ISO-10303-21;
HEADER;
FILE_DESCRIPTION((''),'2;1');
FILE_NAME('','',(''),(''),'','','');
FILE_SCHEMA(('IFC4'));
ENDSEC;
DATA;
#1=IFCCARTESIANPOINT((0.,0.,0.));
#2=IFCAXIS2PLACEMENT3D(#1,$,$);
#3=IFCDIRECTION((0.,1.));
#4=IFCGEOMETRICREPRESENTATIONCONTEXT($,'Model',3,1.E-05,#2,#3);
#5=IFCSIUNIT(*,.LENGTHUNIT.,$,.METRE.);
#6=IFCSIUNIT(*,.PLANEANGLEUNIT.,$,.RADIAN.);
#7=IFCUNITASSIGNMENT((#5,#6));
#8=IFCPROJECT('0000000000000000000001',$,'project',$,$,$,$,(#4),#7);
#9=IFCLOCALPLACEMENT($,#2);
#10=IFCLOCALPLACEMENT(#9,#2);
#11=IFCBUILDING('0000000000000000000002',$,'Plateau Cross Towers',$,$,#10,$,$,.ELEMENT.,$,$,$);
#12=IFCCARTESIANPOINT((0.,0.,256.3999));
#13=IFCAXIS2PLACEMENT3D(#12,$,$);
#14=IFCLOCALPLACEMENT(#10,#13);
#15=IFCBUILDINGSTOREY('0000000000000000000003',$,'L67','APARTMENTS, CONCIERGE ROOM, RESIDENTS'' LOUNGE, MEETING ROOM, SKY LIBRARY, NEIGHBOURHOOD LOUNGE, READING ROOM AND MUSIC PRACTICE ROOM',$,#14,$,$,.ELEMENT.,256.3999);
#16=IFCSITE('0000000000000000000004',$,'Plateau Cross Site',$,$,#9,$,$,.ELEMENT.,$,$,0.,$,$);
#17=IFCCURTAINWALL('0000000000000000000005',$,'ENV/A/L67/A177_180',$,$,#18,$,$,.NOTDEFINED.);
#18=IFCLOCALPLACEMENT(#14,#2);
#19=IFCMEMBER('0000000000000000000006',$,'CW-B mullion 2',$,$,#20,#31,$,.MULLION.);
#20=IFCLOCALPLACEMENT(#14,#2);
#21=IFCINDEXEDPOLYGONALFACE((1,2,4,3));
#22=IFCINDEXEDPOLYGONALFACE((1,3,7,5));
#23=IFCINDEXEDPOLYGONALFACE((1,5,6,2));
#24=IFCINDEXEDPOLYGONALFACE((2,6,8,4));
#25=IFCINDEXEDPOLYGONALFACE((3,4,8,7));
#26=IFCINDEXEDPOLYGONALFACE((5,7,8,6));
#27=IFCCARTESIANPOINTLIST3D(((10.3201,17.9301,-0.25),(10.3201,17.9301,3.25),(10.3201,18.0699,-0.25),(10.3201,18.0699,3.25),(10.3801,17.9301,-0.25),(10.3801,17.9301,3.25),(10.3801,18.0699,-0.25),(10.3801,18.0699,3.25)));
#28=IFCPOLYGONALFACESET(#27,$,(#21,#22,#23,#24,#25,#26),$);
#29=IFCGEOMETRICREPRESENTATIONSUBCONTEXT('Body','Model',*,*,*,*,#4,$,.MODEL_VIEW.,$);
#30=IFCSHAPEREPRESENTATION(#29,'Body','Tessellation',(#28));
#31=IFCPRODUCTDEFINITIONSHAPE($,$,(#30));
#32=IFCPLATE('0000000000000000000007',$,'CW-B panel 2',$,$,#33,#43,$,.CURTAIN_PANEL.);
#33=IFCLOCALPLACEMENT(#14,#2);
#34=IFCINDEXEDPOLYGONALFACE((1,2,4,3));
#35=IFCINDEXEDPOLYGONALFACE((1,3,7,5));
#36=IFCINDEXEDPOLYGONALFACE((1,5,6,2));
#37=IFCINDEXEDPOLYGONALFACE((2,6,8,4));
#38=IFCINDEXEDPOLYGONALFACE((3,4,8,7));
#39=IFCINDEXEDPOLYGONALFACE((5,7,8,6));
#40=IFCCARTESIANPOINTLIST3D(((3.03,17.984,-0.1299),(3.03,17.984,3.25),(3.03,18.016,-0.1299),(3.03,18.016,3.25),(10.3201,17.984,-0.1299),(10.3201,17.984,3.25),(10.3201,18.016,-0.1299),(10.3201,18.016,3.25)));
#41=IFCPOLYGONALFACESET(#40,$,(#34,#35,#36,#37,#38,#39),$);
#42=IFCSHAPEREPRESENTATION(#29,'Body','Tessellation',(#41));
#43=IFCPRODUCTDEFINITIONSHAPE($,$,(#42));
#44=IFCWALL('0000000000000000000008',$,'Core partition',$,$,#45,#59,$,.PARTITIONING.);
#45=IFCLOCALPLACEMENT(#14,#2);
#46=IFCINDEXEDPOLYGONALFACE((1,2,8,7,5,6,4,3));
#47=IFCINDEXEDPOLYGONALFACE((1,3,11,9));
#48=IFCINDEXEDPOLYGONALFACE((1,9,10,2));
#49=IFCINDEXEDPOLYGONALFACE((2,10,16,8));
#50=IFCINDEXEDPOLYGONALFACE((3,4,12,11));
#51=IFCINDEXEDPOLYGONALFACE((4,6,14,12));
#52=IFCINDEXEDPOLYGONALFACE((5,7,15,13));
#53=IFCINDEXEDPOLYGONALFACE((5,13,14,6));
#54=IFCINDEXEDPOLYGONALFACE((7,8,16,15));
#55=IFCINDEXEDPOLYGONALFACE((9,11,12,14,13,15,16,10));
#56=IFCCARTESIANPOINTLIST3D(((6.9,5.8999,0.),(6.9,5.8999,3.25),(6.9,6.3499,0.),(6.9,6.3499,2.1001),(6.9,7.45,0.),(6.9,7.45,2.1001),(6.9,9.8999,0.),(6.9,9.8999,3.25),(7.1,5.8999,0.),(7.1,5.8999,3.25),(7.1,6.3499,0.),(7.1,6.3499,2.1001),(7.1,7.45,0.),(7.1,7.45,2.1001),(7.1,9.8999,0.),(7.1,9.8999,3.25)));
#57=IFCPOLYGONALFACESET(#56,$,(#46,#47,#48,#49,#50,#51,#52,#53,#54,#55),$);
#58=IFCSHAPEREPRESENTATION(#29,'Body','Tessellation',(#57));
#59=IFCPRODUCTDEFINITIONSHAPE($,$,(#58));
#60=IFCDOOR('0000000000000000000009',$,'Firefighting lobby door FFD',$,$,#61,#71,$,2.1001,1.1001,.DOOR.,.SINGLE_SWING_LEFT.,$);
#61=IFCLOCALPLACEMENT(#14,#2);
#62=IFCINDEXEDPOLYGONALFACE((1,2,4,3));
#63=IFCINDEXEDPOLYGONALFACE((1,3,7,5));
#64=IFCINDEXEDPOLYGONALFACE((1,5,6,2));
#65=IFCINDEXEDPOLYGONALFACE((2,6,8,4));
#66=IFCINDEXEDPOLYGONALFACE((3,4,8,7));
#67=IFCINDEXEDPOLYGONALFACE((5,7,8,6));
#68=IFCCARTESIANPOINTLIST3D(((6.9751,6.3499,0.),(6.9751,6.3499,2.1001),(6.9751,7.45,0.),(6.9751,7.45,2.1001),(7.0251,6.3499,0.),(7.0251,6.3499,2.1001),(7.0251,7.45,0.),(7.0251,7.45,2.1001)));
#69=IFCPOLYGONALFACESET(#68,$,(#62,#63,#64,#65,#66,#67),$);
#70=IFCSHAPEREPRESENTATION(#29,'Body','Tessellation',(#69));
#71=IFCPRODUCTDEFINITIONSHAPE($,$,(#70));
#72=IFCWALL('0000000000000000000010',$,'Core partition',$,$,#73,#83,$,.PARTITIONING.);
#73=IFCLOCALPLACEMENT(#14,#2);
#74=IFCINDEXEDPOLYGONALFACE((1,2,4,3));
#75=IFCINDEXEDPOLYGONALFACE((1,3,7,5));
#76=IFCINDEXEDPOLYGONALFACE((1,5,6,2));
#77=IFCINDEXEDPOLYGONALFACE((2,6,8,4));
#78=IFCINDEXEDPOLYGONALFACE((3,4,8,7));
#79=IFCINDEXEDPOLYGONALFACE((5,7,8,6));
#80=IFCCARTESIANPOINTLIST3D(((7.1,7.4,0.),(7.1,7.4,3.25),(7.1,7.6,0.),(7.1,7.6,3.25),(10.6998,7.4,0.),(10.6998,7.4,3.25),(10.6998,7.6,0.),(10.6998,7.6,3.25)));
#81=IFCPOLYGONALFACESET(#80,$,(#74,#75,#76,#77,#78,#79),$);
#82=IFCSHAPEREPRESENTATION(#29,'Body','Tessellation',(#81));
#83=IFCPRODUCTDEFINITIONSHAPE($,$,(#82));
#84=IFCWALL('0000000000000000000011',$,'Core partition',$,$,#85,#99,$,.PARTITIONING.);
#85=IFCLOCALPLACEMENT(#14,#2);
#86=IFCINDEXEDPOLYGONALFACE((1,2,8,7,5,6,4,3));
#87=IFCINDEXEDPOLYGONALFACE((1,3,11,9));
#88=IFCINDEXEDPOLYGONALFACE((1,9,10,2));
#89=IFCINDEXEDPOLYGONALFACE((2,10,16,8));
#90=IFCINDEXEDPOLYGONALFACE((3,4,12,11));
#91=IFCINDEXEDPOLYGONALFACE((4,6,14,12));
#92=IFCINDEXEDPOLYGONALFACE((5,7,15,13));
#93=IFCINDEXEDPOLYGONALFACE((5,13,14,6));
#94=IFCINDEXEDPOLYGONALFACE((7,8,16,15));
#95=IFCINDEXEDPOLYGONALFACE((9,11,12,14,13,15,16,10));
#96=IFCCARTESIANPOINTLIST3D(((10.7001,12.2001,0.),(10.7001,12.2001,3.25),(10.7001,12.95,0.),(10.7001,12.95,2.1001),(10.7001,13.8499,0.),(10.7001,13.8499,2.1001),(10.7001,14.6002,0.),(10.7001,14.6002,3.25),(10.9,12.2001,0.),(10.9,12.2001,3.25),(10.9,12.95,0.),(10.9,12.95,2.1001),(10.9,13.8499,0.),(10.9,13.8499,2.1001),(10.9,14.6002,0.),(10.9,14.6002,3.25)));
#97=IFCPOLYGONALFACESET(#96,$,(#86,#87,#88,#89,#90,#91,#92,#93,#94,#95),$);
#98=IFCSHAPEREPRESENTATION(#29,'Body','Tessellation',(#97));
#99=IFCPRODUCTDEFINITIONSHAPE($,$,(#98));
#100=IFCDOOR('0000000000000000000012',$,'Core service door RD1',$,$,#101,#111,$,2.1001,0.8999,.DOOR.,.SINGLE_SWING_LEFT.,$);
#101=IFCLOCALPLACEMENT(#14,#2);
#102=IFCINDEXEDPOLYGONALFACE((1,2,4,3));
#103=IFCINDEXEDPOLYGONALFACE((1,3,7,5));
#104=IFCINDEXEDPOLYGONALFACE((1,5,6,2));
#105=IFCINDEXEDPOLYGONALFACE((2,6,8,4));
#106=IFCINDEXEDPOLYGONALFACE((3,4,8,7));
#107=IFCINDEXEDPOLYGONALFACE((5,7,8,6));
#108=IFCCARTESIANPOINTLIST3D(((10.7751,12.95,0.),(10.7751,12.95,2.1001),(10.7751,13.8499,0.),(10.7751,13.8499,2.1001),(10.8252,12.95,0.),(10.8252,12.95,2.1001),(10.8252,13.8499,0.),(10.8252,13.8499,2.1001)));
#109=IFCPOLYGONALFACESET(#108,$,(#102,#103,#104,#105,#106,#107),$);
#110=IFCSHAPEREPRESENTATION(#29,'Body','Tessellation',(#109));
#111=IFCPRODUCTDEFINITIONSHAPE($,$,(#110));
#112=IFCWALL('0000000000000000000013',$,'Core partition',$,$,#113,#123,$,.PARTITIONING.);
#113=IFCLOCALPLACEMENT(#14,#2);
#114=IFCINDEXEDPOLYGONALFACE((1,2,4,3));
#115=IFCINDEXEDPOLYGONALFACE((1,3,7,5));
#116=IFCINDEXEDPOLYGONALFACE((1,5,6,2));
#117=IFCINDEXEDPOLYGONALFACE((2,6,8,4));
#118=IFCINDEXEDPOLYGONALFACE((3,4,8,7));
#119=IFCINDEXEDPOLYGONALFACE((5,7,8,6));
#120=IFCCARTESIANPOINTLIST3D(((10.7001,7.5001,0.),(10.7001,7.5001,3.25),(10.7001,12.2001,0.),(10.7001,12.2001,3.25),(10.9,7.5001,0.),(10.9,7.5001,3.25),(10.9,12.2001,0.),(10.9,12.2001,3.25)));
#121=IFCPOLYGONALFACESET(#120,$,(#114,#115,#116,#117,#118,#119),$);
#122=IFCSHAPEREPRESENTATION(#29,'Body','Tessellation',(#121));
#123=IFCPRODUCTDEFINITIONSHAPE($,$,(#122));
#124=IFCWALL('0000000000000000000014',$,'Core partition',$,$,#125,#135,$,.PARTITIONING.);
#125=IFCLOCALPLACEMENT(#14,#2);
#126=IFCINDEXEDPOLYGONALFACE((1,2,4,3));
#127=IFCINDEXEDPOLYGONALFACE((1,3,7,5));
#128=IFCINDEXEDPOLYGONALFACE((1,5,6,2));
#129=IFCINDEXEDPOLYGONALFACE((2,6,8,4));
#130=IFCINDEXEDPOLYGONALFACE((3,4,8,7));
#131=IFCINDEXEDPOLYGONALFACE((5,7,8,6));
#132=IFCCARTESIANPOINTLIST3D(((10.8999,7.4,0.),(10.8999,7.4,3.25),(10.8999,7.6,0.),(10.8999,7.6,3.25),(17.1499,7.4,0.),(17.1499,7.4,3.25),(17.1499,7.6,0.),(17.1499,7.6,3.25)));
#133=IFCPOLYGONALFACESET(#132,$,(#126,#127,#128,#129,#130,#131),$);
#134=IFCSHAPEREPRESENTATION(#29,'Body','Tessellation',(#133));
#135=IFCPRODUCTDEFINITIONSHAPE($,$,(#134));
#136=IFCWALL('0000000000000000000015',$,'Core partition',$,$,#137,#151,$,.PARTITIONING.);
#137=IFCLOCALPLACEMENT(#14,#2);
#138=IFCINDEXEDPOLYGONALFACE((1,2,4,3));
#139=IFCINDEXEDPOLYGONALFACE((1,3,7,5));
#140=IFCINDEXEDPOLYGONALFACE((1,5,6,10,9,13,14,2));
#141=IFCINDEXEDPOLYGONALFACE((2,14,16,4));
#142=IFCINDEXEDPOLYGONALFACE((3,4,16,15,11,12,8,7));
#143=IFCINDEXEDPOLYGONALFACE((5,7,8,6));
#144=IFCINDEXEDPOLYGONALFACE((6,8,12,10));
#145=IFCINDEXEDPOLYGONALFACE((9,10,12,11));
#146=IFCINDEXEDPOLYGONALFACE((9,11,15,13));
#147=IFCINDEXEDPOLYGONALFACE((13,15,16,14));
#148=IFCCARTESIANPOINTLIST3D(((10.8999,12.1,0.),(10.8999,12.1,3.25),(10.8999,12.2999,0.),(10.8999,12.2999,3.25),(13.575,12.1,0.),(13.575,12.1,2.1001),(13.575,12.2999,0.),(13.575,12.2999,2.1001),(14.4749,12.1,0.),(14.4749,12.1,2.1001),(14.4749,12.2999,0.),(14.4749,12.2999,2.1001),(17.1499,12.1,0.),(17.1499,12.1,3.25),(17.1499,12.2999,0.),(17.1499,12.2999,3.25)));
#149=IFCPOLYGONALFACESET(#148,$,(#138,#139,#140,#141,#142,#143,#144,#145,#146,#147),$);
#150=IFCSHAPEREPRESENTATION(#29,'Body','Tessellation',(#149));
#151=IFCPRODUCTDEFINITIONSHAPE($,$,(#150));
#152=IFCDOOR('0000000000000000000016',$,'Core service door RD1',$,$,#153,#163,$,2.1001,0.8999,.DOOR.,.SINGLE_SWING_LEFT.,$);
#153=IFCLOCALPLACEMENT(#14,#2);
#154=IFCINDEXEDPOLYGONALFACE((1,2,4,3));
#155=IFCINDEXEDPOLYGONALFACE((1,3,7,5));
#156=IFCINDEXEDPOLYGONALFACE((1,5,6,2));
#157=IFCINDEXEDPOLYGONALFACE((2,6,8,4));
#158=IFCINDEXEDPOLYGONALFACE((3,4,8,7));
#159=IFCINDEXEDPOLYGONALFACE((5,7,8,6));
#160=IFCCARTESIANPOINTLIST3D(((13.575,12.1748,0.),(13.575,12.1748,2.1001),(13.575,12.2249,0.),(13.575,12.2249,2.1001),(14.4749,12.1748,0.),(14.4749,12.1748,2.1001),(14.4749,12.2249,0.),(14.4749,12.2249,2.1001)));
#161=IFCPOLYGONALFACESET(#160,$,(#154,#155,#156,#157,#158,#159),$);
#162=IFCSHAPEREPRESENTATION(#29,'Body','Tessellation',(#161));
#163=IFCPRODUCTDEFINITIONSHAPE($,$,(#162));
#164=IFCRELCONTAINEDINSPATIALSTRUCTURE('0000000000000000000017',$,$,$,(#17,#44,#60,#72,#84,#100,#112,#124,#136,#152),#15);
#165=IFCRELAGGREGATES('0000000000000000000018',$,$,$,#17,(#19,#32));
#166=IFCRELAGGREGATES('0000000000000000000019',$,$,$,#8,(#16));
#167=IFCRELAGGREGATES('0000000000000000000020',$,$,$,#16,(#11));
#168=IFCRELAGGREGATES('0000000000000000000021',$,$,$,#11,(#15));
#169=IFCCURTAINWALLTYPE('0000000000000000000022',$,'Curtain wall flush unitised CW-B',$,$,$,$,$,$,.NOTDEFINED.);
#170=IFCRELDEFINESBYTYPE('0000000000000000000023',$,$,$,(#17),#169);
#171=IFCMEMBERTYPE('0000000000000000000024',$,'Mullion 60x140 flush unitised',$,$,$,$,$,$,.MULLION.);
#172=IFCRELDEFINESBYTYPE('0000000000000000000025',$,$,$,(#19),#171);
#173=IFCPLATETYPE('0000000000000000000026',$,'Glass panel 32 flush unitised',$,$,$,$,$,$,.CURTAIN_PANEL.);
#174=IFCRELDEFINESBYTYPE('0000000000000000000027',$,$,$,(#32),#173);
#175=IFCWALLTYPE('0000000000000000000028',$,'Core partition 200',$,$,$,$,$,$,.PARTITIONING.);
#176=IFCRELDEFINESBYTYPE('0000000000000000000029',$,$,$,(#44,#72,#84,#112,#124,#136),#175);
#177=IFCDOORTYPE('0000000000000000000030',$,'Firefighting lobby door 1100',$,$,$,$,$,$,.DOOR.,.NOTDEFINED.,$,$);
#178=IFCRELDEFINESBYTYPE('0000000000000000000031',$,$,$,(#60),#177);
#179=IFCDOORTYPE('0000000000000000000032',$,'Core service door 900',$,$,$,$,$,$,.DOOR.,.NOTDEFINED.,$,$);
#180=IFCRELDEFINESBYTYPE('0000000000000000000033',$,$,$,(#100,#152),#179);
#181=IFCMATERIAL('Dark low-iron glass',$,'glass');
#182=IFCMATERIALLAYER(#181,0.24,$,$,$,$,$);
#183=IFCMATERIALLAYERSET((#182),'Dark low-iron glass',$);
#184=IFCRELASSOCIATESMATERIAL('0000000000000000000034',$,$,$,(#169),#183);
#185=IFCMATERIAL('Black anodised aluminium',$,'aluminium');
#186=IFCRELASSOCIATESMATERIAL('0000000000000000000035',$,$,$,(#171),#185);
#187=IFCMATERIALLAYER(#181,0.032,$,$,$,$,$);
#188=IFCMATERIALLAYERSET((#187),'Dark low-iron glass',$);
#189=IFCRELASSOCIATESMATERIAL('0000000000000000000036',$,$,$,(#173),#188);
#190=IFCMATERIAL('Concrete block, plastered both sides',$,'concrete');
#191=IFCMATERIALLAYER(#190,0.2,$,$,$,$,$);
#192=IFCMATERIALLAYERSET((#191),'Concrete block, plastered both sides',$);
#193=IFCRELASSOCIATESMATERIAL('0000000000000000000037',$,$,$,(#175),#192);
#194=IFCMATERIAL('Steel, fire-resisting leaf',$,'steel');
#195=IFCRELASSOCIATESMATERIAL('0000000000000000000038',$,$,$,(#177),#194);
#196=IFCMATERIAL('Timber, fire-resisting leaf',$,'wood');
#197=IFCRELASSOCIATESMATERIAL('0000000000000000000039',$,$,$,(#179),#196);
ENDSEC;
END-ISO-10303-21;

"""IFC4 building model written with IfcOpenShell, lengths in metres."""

from ifc_helpers import new_model, si_unit, direction, frame, frame_2d, origin, origin_2d, place, context, subcontext, project, spatial, rectangle, extrude, material, layer, layer_set, material_profile, profile_set, type_object, element, fill, aggregate, save


model = new_model("IFC4")

# Units and contexts
model_context = context("Model", 3, precision=1e-05, world=origin(), true_north=direction((0.0, 1.0)))
body_context = subcontext(model_context, "Body", "Model", "MODEL_VIEW")
ifc_project = project(units=[si_unit("LENGTHUNIT", "METRE"), si_unit("PLANEANGLEUNIT", "RADIAN")], contexts=[model_context])

# Site, building, storey
site_placement = place(None, origin())
site = spatial("IfcSite", under=ifc_project, at=site_placement, Name="Plateau Cross Site", CompositionType="ELEMENT", RefElevation=0.0)
building_placement = place(site_placement, origin())
building = spatial("IfcBuilding", under=site, at=building_placement, Name="Plateau Cross Towers", CompositionType="ELEMENT")
storey_placement = place(building_placement, frame((0.0, 0.0, 256.3999)))
storey = spatial("IfcBuildingStorey", under=building, at=storey_placement, Name="L67", Description="APARTMENTS, CONCIERGE ROOM, RESIDENTS' LOUNGE, MEETING ROOM, SKY LIBRARY, NEIGHBOURHOOD LOUNGE, READING ROOM AND MUSIC PRACTICE ROOM", CompositionType="ELEMENT", Elevation=256.3999)

# Curtain wall, member, plate
ifc_material_1 = material(Name="Dark low-iron glass", Category="glass")
ifc_layer_1 = layer(ifc_material_1, 0.24)
ifc_layer_set_1 = layer_set([ifc_layer_1], Name="Dark low-iron glass")
curtain_wall_type = type_object("IfcCurtainWallType", Name="Curtain wall flush unitised CW-B", PredefinedType="NOTDEFINED", material=ifc_layer_set_1)
curtain_wall_placement = place(storey_placement, origin())
curtain_wall = element("IfcCurtainWall", 1, at=curtain_wall_placement, inside=storey, type_object=curtain_wall_type, Name="ENV/A/L67/A177_180", PredefinedType="NOTDEFINED")
ifc_material_2 = material(Name="Black anodised aluminium", Category="aluminium")
ifc_material_profile = material_profile(ifc_material_2, rectangle(XDim=0.0601, YDim=0.1399, at=origin_2d()), Name="MULLION 60x140")
ifc_profile_set = profile_set([ifc_material_profile], Name="Black anodised aluminium")
member_type = type_object("IfcMemberType", Name="Mullion 60x140 flush unitised", PredefinedType="MULLION", material=ifc_profile_set)
member_placement = place(storey_placement, frame((10.3501, 18.0, -0.25), z_axis=(0.0, 0.0, 1.0), x_axis=(-1.0, 0.0, 0.0)))
member = element("IfcMember", 2, at=member_placement, type_object=member_type, Name="CW-B mullion 2", PredefinedType="MULLION", context=body_context, shape_type="SweptSolid", body=[
    extrude(rectangle(XDim=0.0601, YDim=0.1399, at=origin_2d()), origin(), (0.0, 0.0, 1.0), 3.5),
])
ifc_layer_2 = layer(ifc_material_1, 0.032)
ifc_layer_set_2 = layer_set([ifc_layer_2], Name="Dark low-iron glass")
plate_type = type_object("IfcPlateType", Name="Glass panel 32 flush unitised", PredefinedType="CURTAIN_PANEL", material=ifc_layer_set_2)
plate_placement = place(storey_placement, frame((6.675, 18.0, -0.1299), z_axis=(0.0, 0.0, 1.0), x_axis=(-1.0, 0.0, 0.0)))
plate = element("IfcPlate", 3, at=plate_placement, type_object=plate_type, Name="CW-B panel 2", PredefinedType="CURTAIN_PANEL", context=body_context, shape_type="SweptSolid", body=[
    extrude(rectangle(XDim=7.29, YDim=0.032, at=origin_2d()), origin(), (0.0, 0.0, 1.0), 3.3799),
])
aggregate(curtain_wall, [member, plate])

# Wall, opening, door
ifc_material_3 = material(Name="Concrete block, plastered both sides", Category="concrete")
ifc_layer_3 = layer(ifc_material_3, 0.2)
ifc_layer_set_3 = layer_set([ifc_layer_3], Name="Concrete block, plastered both sides")
wall_type_1 = type_object("IfcWallType", Name="Core partition 200", PredefinedType="PARTITIONING", material=ifc_layer_set_3)
wall_1_placement = place(storey_placement, frame((7.0, 5.8999, 0.0), z_axis=(0.0, 0.0, 1.0), x_axis=(0.0, 1.0, 0.0)))
wall_1 = element("IfcWall", 4, at=wall_1_placement, inside=storey, type_object=wall_type_1, Name="Core partition", PredefinedType="PARTITIONING", context=body_context, shape_type="SweptSolid", body=[
    extrude(rectangle(XDim=4.0, YDim=0.2, at=frame_2d((2.0, 0.0))), origin(), (0.0, 0.0, 1.0), 3.25),
])
opening_1_placement = place(wall_1_placement, frame((0.45, 0.0, 0.0)))
opening_1 = element("IfcOpeningElement", 5, at=opening_1_placement, cuts=wall_1, PredefinedType="OPENING", context=body_context, shape_type="SweptSolid", body=[
    extrude(rectangle(XDim=1.1001, YDim=2.1001, at=frame_2d((0.55, 1.05))), frame((0.0, 0.1099, 0.0), z_axis=(0.0, -1.0, 0.0), x_axis=(1.0, 0.0, 0.0)), (0.0, 0.0, 1.0), 0.22),
])
ifc_material_4 = material(Name="Steel, fire-resisting leaf", Category="steel")
door_type_1 = type_object("IfcDoorType", Name="Firefighting lobby door 1100", OperationType="NOTDEFINED", PredefinedType="DOOR", material=ifc_material_4)
door_1_placement = place(opening_1_placement, origin())
door_1 = element("IfcDoor", 6, at=door_1_placement, inside=storey, type_object=door_type_1, Name="Firefighting lobby door FFD", OperationType="SINGLE_SWING_LEFT", OverallHeight=2.1001, OverallWidth=1.1001, PredefinedType="DOOR", context=body_context, shape_type="SweptSolid", body=[
    extrude(rectangle(XDim=1.1001, YDim=2.1001, at=frame_2d((0.55, 1.05))), frame((0.0, 0.0249, 0.0), z_axis=(0.0, -1.0, 0.0), x_axis=(1.0, 0.0, 0.0)), (0.0, 0.0, 1.0), 0.05),
])
fill(opening_1, door_1)

# Wall
wall_2_placement = place(storey_placement, frame((7.1001, 7.5, 0.0), z_axis=(0.0, 0.0, 1.0), x_axis=(1.0, 0.0, 0.0)))
element("IfcWall", 7, at=wall_2_placement, inside=storey, type_object=wall_type_1, Name="Core partition", PredefinedType="PARTITIONING", context=body_context, shape_type="SweptSolid", body=[
    extrude(rectangle(XDim=3.5999, YDim=0.2, at=frame_2d((1.7998, 0.0))), origin(), (0.0, 0.0, 1.0), 3.25),
])

# Wall, opening, door
wall_3_placement = place(storey_placement, frame((10.8, 12.2, 0.0), z_axis=(0.0, 0.0, 1.0), x_axis=(0.0, 1.0, 0.0)))
wall_3 = element("IfcWall", 8, at=wall_3_placement, inside=storey, type_object=wall_type_1, Name="Core partition", PredefinedType="PARTITIONING", context=body_context, shape_type="SweptSolid", body=[
    extrude(rectangle(XDim=2.4001, YDim=0.2, at=frame_2d((1.2002, 0.0))), origin(), (0.0, 0.0, 1.0), 3.25),
])
opening_2_placement = place(wall_3_placement, frame((0.75, 0.0, 0.0)))
opening_2 = element("IfcOpeningElement", 9, at=opening_2_placement, cuts=wall_3, PredefinedType="OPENING", context=body_context, shape_type="SweptSolid", body=[
    extrude(rectangle(XDim=0.8999, YDim=2.1001, at=frame_2d((0.45, 1.05))), frame((0.0, 0.1099, 0.0), z_axis=(0.0, -1.0, 0.0), x_axis=(1.0, 0.0, 0.0)), (0.0, 0.0, 1.0), 0.22),
])
ifc_material_5 = material(Name="Timber, fire-resisting leaf", Category="wood")
door_type_2 = type_object("IfcDoorType", Name="Core service door 900", OperationType="NOTDEFINED", PredefinedType="DOOR", material=ifc_material_5)
door_2_placement = place(opening_2_placement, origin())
door_2 = element("IfcDoor", 10, at=door_2_placement, inside=storey, type_object=door_type_2, Name="Core service door RD1", OperationType="SINGLE_SWING_LEFT", OverallHeight=2.1001, OverallWidth=0.8999, PredefinedType="DOOR", context=body_context, shape_type="SweptSolid", body=[
    extrude(rectangle(XDim=0.8999, YDim=2.1001, at=frame_2d((0.45, 1.05))), frame((0.0, 0.0249, 0.0), z_axis=(0.0, -1.0, 0.0), x_axis=(1.0, 0.0, 0.0)), (0.0, 0.0, 1.0), 0.05),
])
fill(opening_2, door_2)

# Walls
wall_4_placement = place(storey_placement, frame((10.8, 7.5, 0.0), z_axis=(0.0, 0.0, 1.0), x_axis=(0.0, 1.0, 0.0)))
element("IfcWall", 11, at=wall_4_placement, inside=storey, type_object=wall_type_1, Name="Core partition", PredefinedType="PARTITIONING", context=body_context, shape_type="SweptSolid", body=[
    extrude(rectangle(XDim=4.7, YDim=0.2, at=frame_2d((2.3501, 0.0))), origin(), (0.0, 0.0, 1.0), 3.25),
])
wall_5_placement = place(storey_placement, frame((10.8999, 7.5, 0.0), z_axis=(0.0, 0.0, 1.0), x_axis=(1.0, 0.0, 0.0)))
element("IfcWall", 12, at=wall_5_placement, inside=storey, type_object=wall_type_1, Name="Core partition", PredefinedType="PARTITIONING", context=body_context, shape_type="SweptSolid", body=[
    extrude(rectangle(XDim=6.25, YDim=0.2, at=frame_2d((3.125, 0.0))), origin(), (0.0, 0.0, 1.0), 3.25),
])

# Wall, opening, door
wall_6_placement = place(storey_placement, frame((10.8999, 12.2, 0.0), z_axis=(0.0, 0.0, 1.0), x_axis=(1.0, 0.0, 0.0)))
wall_6 = element("IfcWall", 13, at=wall_6_placement, inside=storey, type_object=wall_type_1, Name="Core partition", PredefinedType="PARTITIONING", context=body_context, shape_type="SweptSolid", body=[
    extrude(rectangle(XDim=6.25, YDim=0.2, at=frame_2d((3.125, 0.0))), origin(), (0.0, 0.0, 1.0), 3.25),
])
opening_3_placement = place(wall_6_placement, frame((2.675, 0.0, 0.0)))
opening_3 = element("IfcOpeningElement", 14, at=opening_3_placement, cuts=wall_6, PredefinedType="OPENING", context=body_context, shape_type="SweptSolid", body=[
    extrude(rectangle(XDim=0.8999, YDim=2.1001, at=frame_2d((0.45, 1.05))), frame((0.0, 0.1099, 0.0), z_axis=(0.0, -1.0, 0.0), x_axis=(1.0, 0.0, 0.0)), (0.0, 0.0, 1.0), 0.22),
])
door_3_placement = place(opening_3_placement, origin())
door_3 = element("IfcDoor", 15, at=door_3_placement, inside=storey, type_object=door_type_2, Name="Core service door RD1", OperationType="SINGLE_SWING_LEFT", OverallHeight=2.1001, OverallWidth=0.8999, PredefinedType="DOOR", context=body_context, shape_type="SweptSolid", body=[
    extrude(rectangle(XDim=0.8999, YDim=2.1001, at=frame_2d((0.45, 1.05))), frame((0.0, 0.0249, 0.0), z_axis=(0.0, -1.0, 0.0), x_axis=(1.0, 0.0, 0.0)), (0.0, 0.0, 1.0), 0.05),
])
fill(opening_3, door_3)

save(model, "model.ifc")
